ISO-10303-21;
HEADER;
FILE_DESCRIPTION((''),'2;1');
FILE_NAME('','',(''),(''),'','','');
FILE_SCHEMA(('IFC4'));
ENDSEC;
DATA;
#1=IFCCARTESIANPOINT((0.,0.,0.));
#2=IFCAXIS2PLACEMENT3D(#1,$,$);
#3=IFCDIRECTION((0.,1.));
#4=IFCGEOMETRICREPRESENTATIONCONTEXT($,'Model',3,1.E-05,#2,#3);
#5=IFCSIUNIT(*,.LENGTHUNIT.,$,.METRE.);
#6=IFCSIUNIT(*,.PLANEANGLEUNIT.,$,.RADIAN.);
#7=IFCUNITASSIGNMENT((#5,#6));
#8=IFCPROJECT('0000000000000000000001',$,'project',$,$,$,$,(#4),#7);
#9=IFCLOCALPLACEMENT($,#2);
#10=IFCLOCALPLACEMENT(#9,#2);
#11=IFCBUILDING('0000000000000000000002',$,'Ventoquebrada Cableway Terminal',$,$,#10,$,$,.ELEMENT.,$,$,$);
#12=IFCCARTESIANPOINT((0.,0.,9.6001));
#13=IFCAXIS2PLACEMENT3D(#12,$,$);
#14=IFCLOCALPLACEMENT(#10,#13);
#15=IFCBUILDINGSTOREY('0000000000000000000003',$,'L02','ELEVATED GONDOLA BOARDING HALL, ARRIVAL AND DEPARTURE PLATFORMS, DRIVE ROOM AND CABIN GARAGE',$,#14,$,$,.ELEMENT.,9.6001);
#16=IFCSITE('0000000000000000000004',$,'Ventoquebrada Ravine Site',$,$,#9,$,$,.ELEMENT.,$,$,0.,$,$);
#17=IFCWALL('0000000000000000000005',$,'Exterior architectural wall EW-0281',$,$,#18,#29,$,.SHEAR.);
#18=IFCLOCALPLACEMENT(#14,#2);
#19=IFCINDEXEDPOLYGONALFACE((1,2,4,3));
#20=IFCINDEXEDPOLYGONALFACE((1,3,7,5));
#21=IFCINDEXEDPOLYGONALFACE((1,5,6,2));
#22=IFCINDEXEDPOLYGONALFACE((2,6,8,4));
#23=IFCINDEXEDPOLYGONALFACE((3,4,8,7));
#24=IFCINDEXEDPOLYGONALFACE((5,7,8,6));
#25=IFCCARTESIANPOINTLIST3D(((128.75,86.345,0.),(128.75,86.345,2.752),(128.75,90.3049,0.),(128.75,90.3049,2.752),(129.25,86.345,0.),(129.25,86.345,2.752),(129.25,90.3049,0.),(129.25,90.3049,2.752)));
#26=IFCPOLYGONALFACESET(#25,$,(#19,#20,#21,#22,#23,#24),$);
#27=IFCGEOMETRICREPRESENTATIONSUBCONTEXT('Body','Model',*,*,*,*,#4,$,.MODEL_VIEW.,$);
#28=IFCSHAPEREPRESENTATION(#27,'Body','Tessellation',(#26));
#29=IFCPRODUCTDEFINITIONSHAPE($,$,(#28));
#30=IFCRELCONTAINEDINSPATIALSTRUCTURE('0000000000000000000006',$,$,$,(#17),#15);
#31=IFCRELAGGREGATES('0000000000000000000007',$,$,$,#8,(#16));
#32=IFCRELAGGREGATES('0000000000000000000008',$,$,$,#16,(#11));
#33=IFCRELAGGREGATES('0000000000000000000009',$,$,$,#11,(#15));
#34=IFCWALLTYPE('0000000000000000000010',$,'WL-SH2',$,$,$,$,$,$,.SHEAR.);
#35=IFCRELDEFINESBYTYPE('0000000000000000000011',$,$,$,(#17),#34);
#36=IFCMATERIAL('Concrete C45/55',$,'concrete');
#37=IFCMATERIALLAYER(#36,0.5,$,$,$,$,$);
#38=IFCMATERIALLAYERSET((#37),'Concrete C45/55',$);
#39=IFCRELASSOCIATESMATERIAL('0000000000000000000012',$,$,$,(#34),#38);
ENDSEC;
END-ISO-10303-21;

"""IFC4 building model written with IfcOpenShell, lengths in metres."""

from ifc_helpers import new_model, si_unit, direction, frame, frame_2d, origin, place, context, subcontext, project, spatial, rectangle, extrude, material, layer, layer_set, type_object, element, save


model = new_model("IFC4")

# Units and contexts
model_context = context("Model", 3, precision=1e-05, world=origin(), true_north=direction((0.0, 1.0)))
body_context = subcontext(model_context, "Body", "Model", "MODEL_VIEW")
ifc_project = project(units=[si_unit("LENGTHUNIT", "METRE"), si_unit("PLANEANGLEUNIT", "RADIAN")], contexts=[model_context])

# Site, building, storey
site_placement = place(None, origin())
site = spatial("IfcSite", under=ifc_project, at=site_placement, Name="Ventoquebrada Ravine Site", CompositionType="ELEMENT", RefElevation=0.0)
building_placement = place(site_placement, origin())
building = spatial("IfcBuilding", under=site, at=building_placement, Name="Ventoquebrada Cableway Terminal", CompositionType="ELEMENT")
storey_placement = place(building_placement, frame((0.0, 0.0, 9.6001)))
storey = spatial("IfcBuildingStorey", under=building, at=storey_placement, Name="L02", Description="ELEVATED GONDOLA BOARDING HALL, ARRIVAL AND DEPARTURE PLATFORMS, DRIVE ROOM AND CABIN GARAGE", CompositionType="ELEMENT", Elevation=9.6001)

# Wall
ifc_material_1 = material(Name="Concrete C45/55", Category="concrete")
ifc_layer_1 = layer(ifc_material_1, 0.5)
ifc_layer_set_1 = layer_set([ifc_layer_1], Name="Concrete C45/55")
wall_type_1 = type_object("IfcWallType", Name="WL-SH2", PredefinedType="SHEAR", material=ifc_layer_set_1)
for number, where, z_axis, x_axis, name in (
    (1, (129.0, 90.3049, 0.0), (0.0, 0.0, 1.0), (0.0, -1.0, 0.0), "Exterior architectural wall EW-0281"),
):
    element("IfcWall", number, at=place(storey_placement, frame(where, z_axis=z_axis, x_axis=x_axis)), inside=storey, type_object=wall_type_1, Name=name, PredefinedType="SHEAR", context=body_context, shape_type="SweptSolid", body=[
        extrude(rectangle(XDim=3.96, YDim=0.5, at=frame_2d((1.98, 0.0))), origin(), (0.0, 0.0, 1.0), 2.752),
    ])

save(model, "model.ifc")
